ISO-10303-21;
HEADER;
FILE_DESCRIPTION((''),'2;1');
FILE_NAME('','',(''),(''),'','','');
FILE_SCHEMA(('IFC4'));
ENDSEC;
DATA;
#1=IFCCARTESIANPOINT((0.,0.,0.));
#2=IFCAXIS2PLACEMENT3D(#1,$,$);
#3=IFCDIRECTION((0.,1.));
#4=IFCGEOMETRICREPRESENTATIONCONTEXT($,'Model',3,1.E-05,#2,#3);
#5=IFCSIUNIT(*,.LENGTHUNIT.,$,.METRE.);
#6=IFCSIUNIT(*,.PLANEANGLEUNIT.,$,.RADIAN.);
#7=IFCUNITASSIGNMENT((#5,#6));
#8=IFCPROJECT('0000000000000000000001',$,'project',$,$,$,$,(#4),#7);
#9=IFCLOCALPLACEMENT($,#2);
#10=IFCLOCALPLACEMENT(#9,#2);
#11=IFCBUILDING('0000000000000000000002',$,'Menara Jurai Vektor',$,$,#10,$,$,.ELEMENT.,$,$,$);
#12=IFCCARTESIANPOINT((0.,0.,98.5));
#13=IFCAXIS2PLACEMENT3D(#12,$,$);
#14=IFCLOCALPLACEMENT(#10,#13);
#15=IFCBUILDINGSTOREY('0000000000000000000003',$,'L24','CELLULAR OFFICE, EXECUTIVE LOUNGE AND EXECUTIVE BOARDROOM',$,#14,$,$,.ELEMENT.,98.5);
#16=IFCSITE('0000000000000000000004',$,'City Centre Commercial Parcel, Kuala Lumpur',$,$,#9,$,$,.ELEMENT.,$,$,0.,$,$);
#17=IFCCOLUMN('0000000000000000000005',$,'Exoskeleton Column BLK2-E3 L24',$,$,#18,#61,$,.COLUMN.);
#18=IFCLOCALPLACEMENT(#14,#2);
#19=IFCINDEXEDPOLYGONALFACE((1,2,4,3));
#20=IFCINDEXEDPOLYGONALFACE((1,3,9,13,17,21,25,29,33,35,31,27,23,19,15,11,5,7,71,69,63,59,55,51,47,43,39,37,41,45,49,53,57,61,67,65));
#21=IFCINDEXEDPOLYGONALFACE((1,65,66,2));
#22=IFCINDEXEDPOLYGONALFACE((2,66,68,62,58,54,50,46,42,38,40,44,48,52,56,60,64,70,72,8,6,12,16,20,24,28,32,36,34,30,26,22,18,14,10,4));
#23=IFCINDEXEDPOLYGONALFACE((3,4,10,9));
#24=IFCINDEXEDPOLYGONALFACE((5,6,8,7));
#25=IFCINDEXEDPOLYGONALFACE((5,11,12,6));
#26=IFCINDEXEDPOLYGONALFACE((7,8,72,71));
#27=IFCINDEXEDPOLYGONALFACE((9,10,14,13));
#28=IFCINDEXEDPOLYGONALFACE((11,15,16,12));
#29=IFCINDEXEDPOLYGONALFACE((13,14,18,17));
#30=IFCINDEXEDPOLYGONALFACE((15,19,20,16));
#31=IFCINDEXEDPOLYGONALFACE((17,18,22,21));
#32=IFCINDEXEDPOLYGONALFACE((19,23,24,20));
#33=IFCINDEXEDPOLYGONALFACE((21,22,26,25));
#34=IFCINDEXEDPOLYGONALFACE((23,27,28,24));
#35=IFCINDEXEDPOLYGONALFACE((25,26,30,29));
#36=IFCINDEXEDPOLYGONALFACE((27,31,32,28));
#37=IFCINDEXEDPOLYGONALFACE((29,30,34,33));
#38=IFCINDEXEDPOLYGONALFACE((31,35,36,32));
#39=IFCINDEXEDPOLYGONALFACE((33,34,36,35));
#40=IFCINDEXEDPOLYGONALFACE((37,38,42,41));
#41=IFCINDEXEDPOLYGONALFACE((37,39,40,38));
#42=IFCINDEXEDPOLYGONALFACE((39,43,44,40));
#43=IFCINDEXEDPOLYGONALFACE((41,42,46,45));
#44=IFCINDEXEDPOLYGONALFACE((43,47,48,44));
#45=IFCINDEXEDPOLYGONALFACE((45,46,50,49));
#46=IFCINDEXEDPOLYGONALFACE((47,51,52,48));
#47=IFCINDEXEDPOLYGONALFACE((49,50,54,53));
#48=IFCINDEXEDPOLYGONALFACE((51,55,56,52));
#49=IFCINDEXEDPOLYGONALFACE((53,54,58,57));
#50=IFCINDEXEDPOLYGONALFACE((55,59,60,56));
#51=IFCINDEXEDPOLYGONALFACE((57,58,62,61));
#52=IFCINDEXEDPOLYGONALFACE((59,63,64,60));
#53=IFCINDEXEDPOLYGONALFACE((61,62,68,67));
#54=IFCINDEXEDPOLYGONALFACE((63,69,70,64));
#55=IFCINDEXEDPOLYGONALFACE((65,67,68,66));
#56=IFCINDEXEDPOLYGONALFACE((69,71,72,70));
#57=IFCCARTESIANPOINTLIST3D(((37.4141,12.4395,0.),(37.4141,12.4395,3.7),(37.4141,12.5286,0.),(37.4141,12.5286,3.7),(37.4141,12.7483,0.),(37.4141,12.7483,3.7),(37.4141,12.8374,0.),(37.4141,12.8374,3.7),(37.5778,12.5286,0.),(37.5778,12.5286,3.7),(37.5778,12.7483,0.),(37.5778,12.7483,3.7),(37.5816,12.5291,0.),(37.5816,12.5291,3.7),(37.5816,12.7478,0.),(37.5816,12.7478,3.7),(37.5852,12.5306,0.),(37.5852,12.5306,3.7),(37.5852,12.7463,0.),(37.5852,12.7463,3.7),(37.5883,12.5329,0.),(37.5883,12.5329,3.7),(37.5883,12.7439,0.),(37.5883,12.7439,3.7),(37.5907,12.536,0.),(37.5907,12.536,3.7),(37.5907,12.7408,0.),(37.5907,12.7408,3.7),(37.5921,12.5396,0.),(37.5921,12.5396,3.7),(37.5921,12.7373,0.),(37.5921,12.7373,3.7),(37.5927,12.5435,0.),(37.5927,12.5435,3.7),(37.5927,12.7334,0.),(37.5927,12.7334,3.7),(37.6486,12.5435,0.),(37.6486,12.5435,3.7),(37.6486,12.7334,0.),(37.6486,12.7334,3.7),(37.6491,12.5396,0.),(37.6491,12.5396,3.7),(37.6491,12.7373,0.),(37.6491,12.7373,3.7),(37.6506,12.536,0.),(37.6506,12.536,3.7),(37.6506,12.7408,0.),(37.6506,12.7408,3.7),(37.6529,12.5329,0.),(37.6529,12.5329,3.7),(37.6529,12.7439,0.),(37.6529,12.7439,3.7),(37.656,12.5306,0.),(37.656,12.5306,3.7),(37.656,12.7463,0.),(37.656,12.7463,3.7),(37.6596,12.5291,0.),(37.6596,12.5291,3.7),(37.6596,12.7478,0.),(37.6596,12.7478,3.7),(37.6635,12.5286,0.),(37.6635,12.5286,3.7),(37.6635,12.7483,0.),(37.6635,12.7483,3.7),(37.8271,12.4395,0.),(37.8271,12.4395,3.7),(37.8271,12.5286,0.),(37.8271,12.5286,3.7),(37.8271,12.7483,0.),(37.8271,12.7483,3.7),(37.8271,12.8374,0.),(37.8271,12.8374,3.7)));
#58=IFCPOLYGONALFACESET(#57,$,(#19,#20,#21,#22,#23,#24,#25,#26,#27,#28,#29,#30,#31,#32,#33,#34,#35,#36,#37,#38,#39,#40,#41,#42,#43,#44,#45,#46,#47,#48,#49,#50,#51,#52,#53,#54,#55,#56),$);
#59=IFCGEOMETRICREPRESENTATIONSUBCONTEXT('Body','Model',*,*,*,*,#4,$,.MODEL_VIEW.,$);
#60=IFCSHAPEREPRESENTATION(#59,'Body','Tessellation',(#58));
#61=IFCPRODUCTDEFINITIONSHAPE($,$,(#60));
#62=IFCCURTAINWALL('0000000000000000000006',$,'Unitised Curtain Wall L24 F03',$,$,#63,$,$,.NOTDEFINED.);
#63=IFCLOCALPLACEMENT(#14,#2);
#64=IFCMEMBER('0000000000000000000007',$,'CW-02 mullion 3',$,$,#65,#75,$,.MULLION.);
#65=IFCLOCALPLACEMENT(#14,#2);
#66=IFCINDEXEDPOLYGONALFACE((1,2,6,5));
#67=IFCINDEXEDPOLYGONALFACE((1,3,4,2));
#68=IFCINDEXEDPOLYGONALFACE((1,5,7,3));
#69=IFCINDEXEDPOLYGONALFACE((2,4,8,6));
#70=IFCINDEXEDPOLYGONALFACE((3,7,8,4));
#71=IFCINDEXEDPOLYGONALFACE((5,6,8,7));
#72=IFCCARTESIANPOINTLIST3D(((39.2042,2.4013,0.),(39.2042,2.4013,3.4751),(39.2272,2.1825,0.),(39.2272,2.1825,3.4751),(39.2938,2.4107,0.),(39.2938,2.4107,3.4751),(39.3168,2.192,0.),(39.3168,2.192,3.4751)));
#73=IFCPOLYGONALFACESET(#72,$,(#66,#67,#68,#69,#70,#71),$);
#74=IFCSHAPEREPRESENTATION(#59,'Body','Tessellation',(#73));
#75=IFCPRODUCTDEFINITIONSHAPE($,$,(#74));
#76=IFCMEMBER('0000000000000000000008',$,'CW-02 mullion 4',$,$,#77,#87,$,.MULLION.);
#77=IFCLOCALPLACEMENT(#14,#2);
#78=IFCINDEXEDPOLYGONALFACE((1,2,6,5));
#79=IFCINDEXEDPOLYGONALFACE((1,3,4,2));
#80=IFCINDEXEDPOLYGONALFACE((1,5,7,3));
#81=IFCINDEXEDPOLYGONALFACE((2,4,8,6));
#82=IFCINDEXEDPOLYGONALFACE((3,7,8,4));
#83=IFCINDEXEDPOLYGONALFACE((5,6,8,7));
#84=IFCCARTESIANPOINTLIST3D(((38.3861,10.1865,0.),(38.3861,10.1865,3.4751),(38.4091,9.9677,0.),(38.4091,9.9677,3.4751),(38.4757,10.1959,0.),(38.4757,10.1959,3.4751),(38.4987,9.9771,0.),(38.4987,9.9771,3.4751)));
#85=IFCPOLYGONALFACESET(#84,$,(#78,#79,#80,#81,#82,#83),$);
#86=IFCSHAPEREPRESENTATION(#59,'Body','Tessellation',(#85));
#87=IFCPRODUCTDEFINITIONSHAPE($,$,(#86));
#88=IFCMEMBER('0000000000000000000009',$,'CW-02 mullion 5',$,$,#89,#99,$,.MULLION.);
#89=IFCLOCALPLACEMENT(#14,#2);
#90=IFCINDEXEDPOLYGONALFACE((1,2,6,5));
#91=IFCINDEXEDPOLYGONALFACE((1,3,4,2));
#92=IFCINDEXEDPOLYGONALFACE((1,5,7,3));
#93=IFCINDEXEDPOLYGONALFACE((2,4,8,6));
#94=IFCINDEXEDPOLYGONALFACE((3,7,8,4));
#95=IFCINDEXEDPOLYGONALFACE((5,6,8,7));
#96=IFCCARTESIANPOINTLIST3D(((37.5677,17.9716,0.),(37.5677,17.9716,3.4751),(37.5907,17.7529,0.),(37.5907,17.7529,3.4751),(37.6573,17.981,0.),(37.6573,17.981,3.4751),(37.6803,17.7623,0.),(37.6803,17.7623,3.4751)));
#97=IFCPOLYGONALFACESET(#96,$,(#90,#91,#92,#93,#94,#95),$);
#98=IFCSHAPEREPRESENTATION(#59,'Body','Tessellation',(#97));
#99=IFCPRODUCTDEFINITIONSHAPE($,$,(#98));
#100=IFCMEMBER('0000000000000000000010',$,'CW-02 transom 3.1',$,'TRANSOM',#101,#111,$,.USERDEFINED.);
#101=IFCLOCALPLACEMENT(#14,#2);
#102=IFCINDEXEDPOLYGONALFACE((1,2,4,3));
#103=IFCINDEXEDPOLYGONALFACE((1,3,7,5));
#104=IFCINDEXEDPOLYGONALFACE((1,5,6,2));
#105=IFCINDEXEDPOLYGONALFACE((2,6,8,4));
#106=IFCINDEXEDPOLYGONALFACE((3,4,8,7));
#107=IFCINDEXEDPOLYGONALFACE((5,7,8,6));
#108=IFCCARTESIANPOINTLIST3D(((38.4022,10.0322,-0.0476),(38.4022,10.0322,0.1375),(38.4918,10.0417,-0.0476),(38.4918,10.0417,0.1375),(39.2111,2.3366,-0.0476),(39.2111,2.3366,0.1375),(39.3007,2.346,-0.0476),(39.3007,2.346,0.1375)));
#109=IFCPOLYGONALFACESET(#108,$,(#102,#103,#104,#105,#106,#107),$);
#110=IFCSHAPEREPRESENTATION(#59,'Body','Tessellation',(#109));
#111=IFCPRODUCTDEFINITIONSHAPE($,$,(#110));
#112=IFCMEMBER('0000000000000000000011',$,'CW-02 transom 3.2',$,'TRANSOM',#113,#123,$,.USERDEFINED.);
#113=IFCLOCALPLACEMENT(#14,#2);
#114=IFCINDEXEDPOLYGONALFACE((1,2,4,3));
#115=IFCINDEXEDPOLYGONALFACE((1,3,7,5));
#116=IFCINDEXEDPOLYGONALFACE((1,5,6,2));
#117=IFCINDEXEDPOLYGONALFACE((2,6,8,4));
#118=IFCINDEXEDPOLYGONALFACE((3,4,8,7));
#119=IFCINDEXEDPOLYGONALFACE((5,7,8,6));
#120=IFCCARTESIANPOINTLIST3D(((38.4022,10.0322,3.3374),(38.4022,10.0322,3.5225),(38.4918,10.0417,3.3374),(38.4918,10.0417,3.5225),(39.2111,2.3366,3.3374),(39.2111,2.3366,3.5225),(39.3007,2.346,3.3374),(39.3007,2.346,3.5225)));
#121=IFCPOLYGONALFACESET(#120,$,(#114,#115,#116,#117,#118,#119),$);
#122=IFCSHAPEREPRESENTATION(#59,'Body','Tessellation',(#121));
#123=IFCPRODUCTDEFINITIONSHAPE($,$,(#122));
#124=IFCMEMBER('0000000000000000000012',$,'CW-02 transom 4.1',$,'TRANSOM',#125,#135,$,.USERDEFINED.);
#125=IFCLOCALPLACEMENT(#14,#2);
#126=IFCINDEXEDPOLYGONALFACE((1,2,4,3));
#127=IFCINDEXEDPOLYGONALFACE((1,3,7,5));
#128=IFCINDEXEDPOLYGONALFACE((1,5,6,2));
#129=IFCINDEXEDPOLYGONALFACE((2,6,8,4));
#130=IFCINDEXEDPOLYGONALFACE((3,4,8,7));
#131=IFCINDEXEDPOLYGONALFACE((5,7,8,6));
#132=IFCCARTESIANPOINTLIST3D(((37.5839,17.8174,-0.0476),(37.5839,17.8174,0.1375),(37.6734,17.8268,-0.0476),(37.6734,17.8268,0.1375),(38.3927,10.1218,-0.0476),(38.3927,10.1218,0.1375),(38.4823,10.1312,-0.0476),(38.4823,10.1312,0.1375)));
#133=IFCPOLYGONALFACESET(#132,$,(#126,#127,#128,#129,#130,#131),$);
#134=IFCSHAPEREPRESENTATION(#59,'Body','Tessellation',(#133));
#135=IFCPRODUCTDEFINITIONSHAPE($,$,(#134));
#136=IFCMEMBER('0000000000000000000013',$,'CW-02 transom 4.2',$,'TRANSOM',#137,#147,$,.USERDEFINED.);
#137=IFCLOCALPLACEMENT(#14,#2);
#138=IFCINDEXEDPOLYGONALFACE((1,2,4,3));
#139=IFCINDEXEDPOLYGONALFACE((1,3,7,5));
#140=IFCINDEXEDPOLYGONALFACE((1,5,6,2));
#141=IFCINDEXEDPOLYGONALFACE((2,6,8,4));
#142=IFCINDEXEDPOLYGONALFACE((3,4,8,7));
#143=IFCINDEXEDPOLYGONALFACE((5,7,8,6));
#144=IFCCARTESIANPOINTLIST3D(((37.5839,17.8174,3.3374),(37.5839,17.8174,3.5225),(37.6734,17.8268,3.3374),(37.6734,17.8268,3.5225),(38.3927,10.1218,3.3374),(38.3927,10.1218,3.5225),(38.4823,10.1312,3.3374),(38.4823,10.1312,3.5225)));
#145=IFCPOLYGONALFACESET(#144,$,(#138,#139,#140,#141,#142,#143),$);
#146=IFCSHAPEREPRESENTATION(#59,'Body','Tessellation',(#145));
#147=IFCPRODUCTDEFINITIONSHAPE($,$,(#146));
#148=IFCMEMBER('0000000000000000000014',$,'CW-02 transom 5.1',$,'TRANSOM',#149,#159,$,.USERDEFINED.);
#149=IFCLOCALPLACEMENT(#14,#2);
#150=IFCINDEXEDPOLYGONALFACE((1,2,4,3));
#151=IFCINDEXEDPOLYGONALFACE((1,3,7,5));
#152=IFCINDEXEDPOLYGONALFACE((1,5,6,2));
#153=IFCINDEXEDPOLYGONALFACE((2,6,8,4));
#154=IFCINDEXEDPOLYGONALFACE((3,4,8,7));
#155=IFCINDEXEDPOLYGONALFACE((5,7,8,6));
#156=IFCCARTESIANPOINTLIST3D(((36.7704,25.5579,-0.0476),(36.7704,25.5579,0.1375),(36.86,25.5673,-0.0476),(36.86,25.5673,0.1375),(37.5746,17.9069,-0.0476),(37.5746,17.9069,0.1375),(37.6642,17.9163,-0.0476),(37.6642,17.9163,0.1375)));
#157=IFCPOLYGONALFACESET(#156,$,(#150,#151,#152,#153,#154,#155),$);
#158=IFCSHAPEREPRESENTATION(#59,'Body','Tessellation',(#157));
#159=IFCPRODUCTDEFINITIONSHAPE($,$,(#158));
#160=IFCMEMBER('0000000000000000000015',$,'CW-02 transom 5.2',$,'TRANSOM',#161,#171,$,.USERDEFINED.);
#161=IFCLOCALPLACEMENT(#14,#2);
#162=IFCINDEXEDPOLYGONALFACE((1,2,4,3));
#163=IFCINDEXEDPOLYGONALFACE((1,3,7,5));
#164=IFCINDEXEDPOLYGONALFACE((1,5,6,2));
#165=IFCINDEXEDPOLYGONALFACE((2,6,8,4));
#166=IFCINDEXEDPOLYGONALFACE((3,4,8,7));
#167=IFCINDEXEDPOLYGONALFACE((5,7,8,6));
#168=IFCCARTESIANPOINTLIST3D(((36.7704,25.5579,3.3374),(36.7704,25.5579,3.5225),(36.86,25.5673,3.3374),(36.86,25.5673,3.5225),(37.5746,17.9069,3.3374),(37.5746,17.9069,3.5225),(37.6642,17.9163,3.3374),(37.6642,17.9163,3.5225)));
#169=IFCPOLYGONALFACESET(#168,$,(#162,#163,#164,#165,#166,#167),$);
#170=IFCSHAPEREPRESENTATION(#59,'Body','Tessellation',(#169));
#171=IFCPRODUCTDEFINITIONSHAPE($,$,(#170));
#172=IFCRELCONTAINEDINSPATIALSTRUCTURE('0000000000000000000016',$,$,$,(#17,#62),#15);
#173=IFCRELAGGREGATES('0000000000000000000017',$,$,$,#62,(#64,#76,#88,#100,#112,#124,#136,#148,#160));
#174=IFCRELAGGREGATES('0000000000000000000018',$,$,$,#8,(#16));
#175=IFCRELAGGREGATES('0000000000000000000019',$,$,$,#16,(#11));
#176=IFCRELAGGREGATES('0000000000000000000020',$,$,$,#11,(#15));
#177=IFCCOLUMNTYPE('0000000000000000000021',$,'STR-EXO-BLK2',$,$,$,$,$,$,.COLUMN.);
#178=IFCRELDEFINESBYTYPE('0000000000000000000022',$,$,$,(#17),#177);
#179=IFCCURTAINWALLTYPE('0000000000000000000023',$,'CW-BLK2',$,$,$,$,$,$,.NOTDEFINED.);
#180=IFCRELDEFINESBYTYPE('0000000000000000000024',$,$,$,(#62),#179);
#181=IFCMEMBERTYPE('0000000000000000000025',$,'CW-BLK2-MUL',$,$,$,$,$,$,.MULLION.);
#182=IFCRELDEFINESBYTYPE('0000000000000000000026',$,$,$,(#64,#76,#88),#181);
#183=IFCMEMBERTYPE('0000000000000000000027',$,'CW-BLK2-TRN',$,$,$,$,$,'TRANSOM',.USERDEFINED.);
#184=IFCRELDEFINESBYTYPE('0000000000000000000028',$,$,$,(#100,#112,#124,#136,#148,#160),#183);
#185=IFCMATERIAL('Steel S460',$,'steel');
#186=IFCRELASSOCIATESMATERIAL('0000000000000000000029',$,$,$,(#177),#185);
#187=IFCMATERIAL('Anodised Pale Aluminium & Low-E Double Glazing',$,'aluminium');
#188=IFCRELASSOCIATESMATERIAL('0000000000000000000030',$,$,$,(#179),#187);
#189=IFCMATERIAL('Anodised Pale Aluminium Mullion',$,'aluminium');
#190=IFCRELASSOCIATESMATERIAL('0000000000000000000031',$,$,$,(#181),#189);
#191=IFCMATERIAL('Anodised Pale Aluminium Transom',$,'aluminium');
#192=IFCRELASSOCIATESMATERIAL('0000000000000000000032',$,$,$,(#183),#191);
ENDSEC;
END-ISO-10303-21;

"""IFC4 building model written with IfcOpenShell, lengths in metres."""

from ifc_helpers import new_model, si_unit, direction, frame, origin, origin_2d, place, context, subcontext, project, spatial, rectangle, i_section, extrude, material, material_profile, profile_set, type_object, element, aggregate, save


model = new_model("IFC4")

# Units and contexts
model_context = context("Model", 3, precision=1e-05, world=origin(), true_north=direction((0.0, 1.0)))
body_context = subcontext(model_context, "Body", "Model", "MODEL_VIEW")
ifc_project = project(units=[si_unit("LENGTHUNIT", "METRE"), si_unit("PLANEANGLEUNIT", "RADIAN")], contexts=[model_context])

# Site, building, storey
site_placement = place(None, origin())
site = spatial("IfcSite", under=ifc_project, at=site_placement, Name="City Centre Commercial Parcel, Kuala Lumpur", CompositionType="ELEMENT", RefElevation=0.0)
building_placement = place(site_placement, origin())
building = spatial("IfcBuilding", under=site, at=building_placement, Name="Menara Jurai Vektor", CompositionType="ELEMENT")
storey_placement = place(building_placement, frame((0.0, 0.0, 98.5)))
storey = spatial("IfcBuildingStorey", under=building, at=storey_placement, Name="L24", Description="CELLULAR OFFICE, EXECUTIVE LOUNGE AND EXECUTIVE BOARDROOM", CompositionType="ELEMENT", Elevation=98.5)

# Column
ifc_material_1 = material(Name="Steel S460", Category="steel")
ifc_material_profile_1 = material_profile(ifc_material_1, i_section(OverallWidth=0.4131, OverallDepth=0.3979, WebThickness=0.0559, FlangeThickness=0.0891, FilletRadius=0.0149, at=origin_2d()), Name="HD 400x744")
ifc_profile_set_1 = profile_set([ifc_material_profile_1], Name="Steel S460")
column_type = type_object("IfcColumnType", Name="STR-EXO-BLK2", PredefinedType="COLUMN", material=ifc_profile_set_1)
column_placement = place(storey_placement, frame((37.6206, 12.6384, 0.0), z_axis=(0.0, 0.0, 1.0), x_axis=(1.0, 0.0, 0.0)))
element("IfcColumn", 1, at=column_placement, inside=storey, type_object=column_type, Name="Exoskeleton Column BLK2-E3 L24", PredefinedType="COLUMN", context=body_context, shape_type="SweptSolid", body=[
    extrude(i_section(OverallWidth=0.4131, OverallDepth=0.3979, WebThickness=0.0559, FlangeThickness=0.0891, FilletRadius=0.0149, at=origin_2d()), origin(), (0.0, 0.0, 1.0), 3.7),
])

# Curtain wall, members
ifc_material_2 = material(Name="Anodised Pale Aluminium & Low-E Double Glazing", Category="aluminium")
curtain_wall_type = type_object("IfcCurtainWallType", Name="CW-BLK2", PredefinedType="NOTDEFINED", material=ifc_material_2)
curtain_wall_placement = place(storey_placement, origin())
curtain_wall = element("IfcCurtainWall", 2, at=curtain_wall_placement, inside=storey, type_object=curtain_wall_type, Name="Unitised Curtain Wall L24 F03", PredefinedType="NOTDEFINED")
ifc_material_3 = material(Name="Anodised Pale Aluminium Mullion", Category="aluminium")
ifc_material_profile_2 = material_profile(ifc_material_3, rectangle(XDim=0.0901, YDim=0.22, at=origin_2d()), Name="ALU MUL 90x220")
ifc_profile_set_2 = profile_set([ifc_material_profile_2], Name="Anodised Pale Aluminium Mullion")
member_type_1 = type_object("IfcMemberType", Name="CW-BLK2-MUL", PredefinedType="MULLION", material=ifc_profile_set_2)
member_1_placement = place(storey_placement, frame((39.2605, 2.2966, 0.0), z_axis=(0.0, 0.0, 1.0), x_axis=(-0.994522, -0.10453, 0.0)))
member_1 = element("IfcMember", 3, at=member_1_placement, type_object=member_type_1, Name="CW-02 mullion 3", PredefinedType="MULLION", context=body_context, shape_type="SweptSolid", body=[
    extrude(rectangle(XDim=0.0901, YDim=0.22, at=origin_2d()), origin(), (0.0, 0.0, 1.0), 3.4751),
])
member_2_placement = place(storey_placement, frame((38.4424, 10.0818, 0.0), z_axis=(0.0, 0.0, 1.0), x_axis=(-0.994522, -0.10453, 0.0)))
member_2 = element("IfcMember", 4, at=member_2_placement, type_object=member_type_1, Name="CW-02 mullion 4", PredefinedType="MULLION", context=body_context, shape_type="SweptSolid", body=[
    extrude(rectangle(XDim=0.0901, YDim=0.22, at=origin_2d()), origin(), (0.0, 0.0, 1.0), 3.4751),
])
member_3_placement = place(storey_placement, frame((37.624, 17.8669, 0.0), z_axis=(0.0, 0.0, 1.0), x_axis=(-0.994522, -0.10453, 0.0)))
member_3 = element("IfcMember", 5, at=member_3_placement, type_object=member_type_1, Name="CW-02 mullion 5", PredefinedType="MULLION", context=body_context, shape_type="SweptSolid", body=[
    extrude(rectangle(XDim=0.0901, YDim=0.22, at=origin_2d()), origin(), (0.0, 0.0, 1.0), 3.4751),
])
ifc_material_4 = material(Name="Anodised Pale Aluminium Transom", Category="aluminium")
ifc_material_profile_3 = material_profile(ifc_material_4, rectangle(XDim=0.0901, YDim=0.1851, at=origin_2d()), Name="ALU TRN 90x185")
ifc_profile_set_3 = profile_set([ifc_material_profile_3], Name="Anodised Pale Aluminium Transom")
member_type_2 = type_object("IfcMemberType", Name="CW-BLK2-TRN", ElementType="TRANSOM", PredefinedType="USERDEFINED", material=ifc_profile_set_3)
member_4_placement = place(storey_placement, frame((39.2559, 2.3413, 0.0449), z_axis=(-0.104529, 0.994522, 0.0), x_axis=(-0.994522, -0.104529, 0.0)))
member_4 = element("IfcMember", 6, at=member_4_placement, type_object=member_type_2, Name="CW-02 transom 3.1", ObjectType="TRANSOM", PredefinedType="USERDEFINED", context=body_context, shape_type="SweptSolid", body=[
    extrude(rectangle(XDim=0.0901, YDim=0.1851, at=origin_2d()), origin(), (0.0, 0.0, 1.0), 7.738),
])
member_5_placement = place(storey_placement, frame((39.2559, 2.3413, 3.4299), z_axis=(-0.104529, 0.994522, 0.0), x_axis=(-0.994522, -0.104529, 0.0)))
member_5 = element("IfcMember", 7, at=member_5_placement, type_object=member_type_2, Name="CW-02 transom 3.2", ObjectType="TRANSOM", PredefinedType="USERDEFINED", context=body_context, shape_type="SweptSolid", body=[
    extrude(rectangle(XDim=0.0901, YDim=0.1851, at=origin_2d()), origin(), (0.0, 0.0, 1.0), 7.738),
])
member_6_placement = place(storey_placement, frame((38.4375, 10.1265, 0.0449), z_axis=(-0.104529, 0.994522, 0.0), x_axis=(-0.994522, -0.104529, 0.0)))
member_6 = element("IfcMember", 8, at=member_6_placement, type_object=member_type_2, Name="CW-02 transom 4.1", ObjectType="TRANSOM", PredefinedType="USERDEFINED", context=body_context, shape_type="SweptSolid", body=[
    extrude(rectangle(XDim=0.0901, YDim=0.1851, at=origin_2d()), origin(), (0.0, 0.0, 1.0), 7.738),
])
member_7_placement = place(storey_placement, frame((38.4375, 10.1265, 3.4299), z_axis=(-0.104529, 0.994522, 0.0), x_axis=(-0.994522, -0.104529, 0.0)))
member_7 = element("IfcMember", 9, at=member_7_placement, type_object=member_type_2, Name="CW-02 transom 4.2", ObjectType="TRANSOM", PredefinedType="USERDEFINED", context=body_context, shape_type="SweptSolid", body=[
    extrude(rectangle(XDim=0.0901, YDim=0.1851, at=origin_2d()), origin(), (0.0, 0.0, 1.0), 7.738),
])
member_8_placement = place(storey_placement, frame((37.6194, 17.9116, 0.0449), z_axis=(-0.104536, 0.994521, 0.0), x_axis=(-0.994521, -0.104536, 0.0)))
member_8 = element("IfcMember", 10, at=member_8_placement, type_object=member_type_2, Name="CW-02 transom 5.1", ObjectType="TRANSOM", PredefinedType="USERDEFINED", context=body_context, shape_type="SweptSolid", body=[
    extrude(rectangle(XDim=0.0901, YDim=0.1851, at=origin_2d()), origin(), (0.0, 0.0, 1.0), 7.6931),
])
member_9_placement = place(storey_placement, frame((37.6194, 17.9116, 3.4299), z_axis=(-0.104536, 0.994521, 0.0), x_axis=(-0.994521, -0.104536, 0.0)))
member_9 = element("IfcMember", 11, at=member_9_placement, type_object=member_type_2, Name="CW-02 transom 5.2", ObjectType="TRANSOM", PredefinedType="USERDEFINED", context=body_context, shape_type="SweptSolid", body=[
    extrude(rectangle(XDim=0.0901, YDim=0.1851, at=origin_2d()), origin(), (0.0, 0.0, 1.0), 7.6931),
])

aggregate(curtain_wall, [member_1, member_2, member_3, member_4, member_5, member_6, member_7, member_8, member_9])

save(model, "model.ifc")
